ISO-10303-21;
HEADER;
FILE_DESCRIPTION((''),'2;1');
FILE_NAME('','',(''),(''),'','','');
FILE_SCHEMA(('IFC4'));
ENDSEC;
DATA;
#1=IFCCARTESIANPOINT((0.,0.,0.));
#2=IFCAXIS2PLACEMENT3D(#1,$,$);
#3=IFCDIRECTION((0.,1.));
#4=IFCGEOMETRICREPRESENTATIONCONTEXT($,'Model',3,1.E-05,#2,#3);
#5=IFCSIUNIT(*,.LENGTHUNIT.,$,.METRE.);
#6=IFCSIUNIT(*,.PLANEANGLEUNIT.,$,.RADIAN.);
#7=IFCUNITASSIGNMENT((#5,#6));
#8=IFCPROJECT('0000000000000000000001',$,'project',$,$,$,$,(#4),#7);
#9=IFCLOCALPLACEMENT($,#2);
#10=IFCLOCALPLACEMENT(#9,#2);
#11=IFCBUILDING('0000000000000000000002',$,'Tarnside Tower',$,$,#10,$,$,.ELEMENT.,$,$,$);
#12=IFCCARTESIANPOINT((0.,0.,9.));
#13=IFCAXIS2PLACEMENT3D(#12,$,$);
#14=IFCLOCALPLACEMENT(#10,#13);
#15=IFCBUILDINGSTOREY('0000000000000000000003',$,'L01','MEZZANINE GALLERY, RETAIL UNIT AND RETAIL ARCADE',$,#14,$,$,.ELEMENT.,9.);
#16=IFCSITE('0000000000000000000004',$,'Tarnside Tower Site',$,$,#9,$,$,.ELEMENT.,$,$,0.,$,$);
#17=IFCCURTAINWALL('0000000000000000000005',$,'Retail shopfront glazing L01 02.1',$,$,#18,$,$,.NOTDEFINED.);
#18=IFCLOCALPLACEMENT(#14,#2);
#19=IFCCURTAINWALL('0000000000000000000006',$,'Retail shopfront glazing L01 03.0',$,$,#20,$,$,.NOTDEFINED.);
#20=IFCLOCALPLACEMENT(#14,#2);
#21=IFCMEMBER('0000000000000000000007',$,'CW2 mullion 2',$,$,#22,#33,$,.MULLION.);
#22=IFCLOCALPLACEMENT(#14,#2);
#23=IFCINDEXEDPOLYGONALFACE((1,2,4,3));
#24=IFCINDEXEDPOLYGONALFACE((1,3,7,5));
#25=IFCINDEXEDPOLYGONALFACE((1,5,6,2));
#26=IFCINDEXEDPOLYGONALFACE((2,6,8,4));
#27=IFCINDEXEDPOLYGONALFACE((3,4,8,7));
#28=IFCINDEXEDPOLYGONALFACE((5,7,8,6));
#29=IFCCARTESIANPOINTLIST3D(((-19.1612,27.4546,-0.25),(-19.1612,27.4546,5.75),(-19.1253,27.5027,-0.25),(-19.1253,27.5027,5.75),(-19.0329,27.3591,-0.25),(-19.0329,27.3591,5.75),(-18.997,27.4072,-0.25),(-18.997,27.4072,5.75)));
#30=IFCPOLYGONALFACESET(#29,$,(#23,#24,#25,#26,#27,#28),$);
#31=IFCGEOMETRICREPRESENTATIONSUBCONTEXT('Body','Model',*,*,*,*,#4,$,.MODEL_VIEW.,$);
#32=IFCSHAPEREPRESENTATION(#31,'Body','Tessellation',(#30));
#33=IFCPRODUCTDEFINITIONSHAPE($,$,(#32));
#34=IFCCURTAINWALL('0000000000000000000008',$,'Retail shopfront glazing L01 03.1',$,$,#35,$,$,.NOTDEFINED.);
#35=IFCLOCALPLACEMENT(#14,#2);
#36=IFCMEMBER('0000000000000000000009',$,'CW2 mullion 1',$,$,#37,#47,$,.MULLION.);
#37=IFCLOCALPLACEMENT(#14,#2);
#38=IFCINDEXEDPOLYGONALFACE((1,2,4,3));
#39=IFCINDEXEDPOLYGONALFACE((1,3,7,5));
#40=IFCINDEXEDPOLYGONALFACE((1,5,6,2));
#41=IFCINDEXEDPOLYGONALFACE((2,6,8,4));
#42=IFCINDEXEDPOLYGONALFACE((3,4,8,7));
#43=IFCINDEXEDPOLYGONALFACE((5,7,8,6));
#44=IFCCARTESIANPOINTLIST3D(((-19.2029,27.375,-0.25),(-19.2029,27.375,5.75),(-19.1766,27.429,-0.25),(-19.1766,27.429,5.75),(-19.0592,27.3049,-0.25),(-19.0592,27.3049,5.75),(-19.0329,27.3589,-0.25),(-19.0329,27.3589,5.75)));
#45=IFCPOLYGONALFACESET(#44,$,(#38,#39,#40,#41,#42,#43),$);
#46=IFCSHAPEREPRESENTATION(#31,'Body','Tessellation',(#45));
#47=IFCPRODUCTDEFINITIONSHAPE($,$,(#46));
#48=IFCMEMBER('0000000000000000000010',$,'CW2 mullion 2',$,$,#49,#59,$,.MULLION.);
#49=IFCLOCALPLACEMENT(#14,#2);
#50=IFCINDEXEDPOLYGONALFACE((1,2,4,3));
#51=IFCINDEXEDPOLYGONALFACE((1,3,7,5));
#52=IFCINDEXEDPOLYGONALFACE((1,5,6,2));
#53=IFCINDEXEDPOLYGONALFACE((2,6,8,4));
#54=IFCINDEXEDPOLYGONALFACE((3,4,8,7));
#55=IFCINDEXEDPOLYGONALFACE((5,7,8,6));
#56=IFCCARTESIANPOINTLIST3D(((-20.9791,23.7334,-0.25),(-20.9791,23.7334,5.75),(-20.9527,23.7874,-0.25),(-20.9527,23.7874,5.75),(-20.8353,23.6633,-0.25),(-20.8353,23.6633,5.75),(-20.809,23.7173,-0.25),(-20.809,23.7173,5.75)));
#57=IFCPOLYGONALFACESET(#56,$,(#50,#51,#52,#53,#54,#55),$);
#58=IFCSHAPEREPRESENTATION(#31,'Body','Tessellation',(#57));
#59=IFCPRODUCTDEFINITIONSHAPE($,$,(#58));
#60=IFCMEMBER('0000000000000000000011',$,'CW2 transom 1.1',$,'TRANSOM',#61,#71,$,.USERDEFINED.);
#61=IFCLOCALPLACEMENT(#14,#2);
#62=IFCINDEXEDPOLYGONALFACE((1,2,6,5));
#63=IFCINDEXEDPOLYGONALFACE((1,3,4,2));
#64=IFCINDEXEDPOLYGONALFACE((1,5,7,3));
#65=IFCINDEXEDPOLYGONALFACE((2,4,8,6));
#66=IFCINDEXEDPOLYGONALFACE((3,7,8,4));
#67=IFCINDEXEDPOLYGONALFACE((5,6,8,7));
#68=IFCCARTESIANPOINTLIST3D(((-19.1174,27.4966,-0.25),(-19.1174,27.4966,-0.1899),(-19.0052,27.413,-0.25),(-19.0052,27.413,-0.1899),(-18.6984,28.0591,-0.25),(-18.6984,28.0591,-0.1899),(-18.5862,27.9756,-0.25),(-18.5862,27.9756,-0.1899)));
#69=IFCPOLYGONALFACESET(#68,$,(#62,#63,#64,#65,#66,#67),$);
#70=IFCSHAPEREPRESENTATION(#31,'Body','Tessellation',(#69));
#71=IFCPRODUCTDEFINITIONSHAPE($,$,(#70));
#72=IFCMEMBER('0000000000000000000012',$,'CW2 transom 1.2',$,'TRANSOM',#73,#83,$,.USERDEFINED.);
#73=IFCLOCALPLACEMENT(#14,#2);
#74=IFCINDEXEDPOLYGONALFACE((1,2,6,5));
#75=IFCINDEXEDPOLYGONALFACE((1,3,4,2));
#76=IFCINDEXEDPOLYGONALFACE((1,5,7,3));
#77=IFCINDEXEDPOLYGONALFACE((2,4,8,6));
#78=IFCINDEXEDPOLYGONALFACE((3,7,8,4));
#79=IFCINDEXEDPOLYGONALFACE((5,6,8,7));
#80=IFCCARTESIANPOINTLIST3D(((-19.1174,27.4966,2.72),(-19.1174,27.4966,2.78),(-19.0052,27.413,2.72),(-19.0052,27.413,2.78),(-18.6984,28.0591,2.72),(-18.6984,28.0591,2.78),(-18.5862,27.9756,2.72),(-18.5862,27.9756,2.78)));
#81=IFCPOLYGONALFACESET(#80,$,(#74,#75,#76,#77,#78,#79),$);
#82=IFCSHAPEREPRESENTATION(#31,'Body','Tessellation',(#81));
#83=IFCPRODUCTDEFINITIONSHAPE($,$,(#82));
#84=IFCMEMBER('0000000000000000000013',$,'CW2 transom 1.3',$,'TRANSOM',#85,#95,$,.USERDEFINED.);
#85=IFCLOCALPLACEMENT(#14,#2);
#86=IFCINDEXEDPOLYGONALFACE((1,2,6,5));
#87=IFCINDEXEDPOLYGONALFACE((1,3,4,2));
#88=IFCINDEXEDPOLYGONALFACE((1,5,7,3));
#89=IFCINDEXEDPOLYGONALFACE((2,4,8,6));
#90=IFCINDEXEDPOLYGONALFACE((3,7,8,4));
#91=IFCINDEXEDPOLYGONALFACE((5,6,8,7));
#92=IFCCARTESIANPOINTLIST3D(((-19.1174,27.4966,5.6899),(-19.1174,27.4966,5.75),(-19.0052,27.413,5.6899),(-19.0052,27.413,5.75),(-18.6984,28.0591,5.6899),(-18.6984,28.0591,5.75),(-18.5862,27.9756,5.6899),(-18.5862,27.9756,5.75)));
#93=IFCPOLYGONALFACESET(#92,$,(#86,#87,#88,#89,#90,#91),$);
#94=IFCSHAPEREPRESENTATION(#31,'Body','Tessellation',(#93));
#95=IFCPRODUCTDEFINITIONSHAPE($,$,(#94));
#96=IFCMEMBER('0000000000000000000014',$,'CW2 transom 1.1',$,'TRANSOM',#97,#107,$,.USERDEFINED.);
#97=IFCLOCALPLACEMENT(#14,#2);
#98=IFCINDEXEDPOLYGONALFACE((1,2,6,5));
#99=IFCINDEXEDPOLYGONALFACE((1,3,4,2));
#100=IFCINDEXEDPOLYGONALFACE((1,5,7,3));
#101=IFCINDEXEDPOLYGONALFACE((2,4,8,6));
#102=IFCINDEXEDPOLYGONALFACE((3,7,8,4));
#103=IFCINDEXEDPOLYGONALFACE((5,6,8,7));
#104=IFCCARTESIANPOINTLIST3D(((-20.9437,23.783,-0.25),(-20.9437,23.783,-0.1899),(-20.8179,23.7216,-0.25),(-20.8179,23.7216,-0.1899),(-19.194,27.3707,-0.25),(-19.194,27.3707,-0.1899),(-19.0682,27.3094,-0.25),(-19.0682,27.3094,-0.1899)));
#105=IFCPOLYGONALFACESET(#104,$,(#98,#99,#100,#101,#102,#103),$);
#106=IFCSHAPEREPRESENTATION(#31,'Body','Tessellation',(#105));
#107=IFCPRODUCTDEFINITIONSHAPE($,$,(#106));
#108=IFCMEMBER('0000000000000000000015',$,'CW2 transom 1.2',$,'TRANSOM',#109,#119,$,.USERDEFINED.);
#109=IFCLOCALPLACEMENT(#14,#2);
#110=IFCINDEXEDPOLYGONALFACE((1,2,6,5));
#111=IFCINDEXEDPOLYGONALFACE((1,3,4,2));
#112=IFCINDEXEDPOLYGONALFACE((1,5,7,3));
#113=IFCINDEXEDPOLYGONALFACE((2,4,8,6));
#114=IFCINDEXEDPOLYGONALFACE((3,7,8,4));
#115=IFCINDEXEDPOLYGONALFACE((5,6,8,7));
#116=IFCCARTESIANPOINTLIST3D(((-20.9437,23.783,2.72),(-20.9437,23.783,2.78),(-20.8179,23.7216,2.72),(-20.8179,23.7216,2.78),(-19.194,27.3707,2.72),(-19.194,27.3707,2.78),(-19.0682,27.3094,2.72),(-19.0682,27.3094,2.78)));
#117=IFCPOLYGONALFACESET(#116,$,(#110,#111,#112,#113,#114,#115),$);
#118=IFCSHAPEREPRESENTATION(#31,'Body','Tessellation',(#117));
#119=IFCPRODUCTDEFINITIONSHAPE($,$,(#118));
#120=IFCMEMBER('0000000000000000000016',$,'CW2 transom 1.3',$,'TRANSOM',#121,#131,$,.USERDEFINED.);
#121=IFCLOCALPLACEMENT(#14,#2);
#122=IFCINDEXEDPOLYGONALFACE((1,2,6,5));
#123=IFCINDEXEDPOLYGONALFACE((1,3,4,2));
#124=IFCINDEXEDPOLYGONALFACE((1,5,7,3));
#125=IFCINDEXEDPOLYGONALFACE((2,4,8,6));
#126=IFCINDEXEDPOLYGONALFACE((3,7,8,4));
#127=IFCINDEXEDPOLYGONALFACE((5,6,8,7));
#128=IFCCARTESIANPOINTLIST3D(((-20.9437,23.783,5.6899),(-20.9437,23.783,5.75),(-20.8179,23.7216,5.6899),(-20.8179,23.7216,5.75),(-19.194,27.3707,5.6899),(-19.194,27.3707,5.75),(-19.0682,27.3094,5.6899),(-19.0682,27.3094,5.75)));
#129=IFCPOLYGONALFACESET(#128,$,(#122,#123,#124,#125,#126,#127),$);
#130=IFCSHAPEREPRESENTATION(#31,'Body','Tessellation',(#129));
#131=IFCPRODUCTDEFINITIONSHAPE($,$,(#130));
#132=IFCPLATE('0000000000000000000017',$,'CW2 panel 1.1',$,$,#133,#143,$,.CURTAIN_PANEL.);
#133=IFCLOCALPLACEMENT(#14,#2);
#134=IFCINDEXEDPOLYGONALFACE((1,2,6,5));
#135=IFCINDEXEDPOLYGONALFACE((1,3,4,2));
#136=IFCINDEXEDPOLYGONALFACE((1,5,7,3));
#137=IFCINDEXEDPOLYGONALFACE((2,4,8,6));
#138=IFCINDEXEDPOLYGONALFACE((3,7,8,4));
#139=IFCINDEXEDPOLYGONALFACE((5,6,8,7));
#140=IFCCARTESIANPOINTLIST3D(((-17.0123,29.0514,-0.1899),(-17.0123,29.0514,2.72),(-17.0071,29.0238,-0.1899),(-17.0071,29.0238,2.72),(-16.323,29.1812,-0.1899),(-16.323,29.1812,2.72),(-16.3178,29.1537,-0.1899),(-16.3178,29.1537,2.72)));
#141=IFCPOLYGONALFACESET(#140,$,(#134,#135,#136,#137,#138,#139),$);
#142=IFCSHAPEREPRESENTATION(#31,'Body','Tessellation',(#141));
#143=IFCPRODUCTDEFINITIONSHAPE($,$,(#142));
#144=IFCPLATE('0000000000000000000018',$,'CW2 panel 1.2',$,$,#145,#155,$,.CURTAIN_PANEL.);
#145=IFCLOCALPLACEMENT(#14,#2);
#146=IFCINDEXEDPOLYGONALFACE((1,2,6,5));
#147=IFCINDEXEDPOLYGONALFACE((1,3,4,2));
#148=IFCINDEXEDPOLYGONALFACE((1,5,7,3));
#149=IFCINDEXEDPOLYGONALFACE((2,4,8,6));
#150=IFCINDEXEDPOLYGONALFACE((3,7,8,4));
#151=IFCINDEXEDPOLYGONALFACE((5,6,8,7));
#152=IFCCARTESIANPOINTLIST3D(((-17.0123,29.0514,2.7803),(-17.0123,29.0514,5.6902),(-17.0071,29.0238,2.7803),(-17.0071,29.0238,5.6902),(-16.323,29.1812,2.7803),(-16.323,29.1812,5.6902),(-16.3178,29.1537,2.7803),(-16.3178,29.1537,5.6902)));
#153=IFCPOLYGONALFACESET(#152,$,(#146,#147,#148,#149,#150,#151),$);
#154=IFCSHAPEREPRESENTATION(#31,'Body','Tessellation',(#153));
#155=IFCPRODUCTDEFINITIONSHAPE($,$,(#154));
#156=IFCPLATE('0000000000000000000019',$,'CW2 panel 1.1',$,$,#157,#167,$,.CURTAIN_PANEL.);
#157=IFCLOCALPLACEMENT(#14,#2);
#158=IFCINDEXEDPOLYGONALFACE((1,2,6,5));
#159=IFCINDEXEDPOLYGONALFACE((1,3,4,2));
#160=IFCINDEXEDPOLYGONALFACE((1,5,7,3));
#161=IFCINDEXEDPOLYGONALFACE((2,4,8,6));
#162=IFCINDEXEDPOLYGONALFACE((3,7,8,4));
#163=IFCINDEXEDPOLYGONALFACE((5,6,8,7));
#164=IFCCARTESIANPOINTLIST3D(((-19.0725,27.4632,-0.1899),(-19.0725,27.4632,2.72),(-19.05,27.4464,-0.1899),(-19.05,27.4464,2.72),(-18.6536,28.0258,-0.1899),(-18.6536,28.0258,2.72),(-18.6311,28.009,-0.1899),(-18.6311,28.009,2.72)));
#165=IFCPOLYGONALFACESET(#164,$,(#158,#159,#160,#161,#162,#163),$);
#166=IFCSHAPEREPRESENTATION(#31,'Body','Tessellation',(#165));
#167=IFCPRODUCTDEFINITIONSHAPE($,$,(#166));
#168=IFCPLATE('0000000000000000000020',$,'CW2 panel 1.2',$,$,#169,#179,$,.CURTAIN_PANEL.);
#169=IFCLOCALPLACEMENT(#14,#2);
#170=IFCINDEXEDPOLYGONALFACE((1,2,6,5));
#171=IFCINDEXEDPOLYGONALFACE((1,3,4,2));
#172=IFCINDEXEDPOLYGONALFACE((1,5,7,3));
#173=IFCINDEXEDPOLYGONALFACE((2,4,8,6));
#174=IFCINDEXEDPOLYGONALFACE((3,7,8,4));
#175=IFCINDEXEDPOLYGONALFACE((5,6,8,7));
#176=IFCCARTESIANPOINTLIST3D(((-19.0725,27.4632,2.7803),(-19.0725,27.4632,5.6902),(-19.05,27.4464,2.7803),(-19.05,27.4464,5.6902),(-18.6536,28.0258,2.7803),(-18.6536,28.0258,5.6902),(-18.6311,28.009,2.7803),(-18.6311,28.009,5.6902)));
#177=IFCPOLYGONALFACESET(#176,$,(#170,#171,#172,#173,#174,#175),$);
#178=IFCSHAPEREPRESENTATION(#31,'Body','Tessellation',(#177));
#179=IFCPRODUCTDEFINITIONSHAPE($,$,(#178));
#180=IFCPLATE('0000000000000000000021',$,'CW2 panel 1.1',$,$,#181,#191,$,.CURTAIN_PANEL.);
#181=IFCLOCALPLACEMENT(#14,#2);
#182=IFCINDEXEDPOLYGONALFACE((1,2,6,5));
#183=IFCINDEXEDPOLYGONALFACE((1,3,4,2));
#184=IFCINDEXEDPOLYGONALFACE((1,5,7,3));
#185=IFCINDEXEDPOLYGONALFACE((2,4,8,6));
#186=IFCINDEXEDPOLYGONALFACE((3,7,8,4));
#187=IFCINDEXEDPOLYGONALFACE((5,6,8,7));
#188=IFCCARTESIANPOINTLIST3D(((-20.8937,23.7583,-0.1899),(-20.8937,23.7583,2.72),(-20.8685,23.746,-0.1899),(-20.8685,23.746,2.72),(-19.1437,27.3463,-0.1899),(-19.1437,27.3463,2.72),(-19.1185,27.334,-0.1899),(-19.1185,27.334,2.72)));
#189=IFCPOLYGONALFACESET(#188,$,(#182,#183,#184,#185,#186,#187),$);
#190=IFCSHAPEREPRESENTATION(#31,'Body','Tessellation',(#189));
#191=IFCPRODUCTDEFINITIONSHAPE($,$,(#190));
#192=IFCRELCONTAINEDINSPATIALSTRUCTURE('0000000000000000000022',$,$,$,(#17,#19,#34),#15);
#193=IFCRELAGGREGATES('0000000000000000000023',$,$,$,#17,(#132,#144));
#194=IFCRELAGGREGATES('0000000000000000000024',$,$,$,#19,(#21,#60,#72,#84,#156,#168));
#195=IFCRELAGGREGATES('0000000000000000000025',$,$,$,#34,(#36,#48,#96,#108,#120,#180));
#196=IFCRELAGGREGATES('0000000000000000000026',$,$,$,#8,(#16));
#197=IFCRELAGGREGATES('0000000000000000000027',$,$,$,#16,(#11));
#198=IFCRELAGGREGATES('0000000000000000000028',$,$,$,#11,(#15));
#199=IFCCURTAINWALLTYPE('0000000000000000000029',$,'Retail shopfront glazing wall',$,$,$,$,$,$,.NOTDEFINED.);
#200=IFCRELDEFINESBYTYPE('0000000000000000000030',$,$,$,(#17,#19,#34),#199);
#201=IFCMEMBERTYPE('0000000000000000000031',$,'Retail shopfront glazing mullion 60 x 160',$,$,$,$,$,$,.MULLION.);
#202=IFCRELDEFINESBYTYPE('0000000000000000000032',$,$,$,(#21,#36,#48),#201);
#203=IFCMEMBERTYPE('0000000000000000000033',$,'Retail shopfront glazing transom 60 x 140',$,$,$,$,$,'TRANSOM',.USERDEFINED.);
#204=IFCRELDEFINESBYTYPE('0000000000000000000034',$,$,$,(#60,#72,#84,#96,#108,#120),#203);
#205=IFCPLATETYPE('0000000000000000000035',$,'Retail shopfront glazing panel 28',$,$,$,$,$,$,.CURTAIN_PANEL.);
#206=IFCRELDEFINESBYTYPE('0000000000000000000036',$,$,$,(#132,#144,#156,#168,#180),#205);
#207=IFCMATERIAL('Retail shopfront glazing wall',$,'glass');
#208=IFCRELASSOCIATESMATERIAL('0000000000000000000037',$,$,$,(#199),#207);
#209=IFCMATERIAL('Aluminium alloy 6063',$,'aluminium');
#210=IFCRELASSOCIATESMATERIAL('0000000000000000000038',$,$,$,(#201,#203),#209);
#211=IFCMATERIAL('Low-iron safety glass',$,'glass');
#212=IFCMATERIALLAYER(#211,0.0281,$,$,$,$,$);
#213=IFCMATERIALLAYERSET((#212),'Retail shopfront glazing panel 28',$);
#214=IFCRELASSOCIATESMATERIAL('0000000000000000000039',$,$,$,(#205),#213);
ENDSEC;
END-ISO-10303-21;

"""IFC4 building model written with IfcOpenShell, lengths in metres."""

from ifc_helpers import new_model, si_unit, direction, frame, origin, origin_2d, place, context, subcontext, project, spatial, rectangle, extrude, material, layer, layer_set, material_profile, profile_set, type_object, element, aggregate, save


model = new_model("IFC4")

# Units and contexts
model_context = context("Model", 3, precision=1e-05, world=origin(), true_north=direction((0.0, 1.0)))
body_context = subcontext(model_context, "Body", "Model", "MODEL_VIEW")
ifc_project = project(units=[si_unit("LENGTHUNIT", "METRE"), si_unit("PLANEANGLEUNIT", "RADIAN")], contexts=[model_context])

# Site, building, storey
site_placement = place(None, origin())
site = spatial("IfcSite", under=ifc_project, at=site_placement, Name="Tarnside Tower Site", CompositionType="ELEMENT", RefElevation=0.0)
building_placement = place(site_placement, origin())
building = spatial("IfcBuilding", under=site, at=building_placement, Name="Tarnside Tower", CompositionType="ELEMENT")
storey_placement = place(building_placement, frame((0.0, 0.0, 9.0)))
storey = spatial("IfcBuildingStorey", under=building, at=storey_placement, Name="L01", Description="MEZZANINE GALLERY, RETAIL UNIT AND RETAIL ARCADE", CompositionType="ELEMENT", Elevation=9.0)

# Curtain wall
ifc_material_1 = material(Name="Retail shopfront glazing wall", Category="glass")
curtain_wall_type = type_object("IfcCurtainWallType", Name="Retail shopfront glazing wall", PredefinedType="NOTDEFINED", material=ifc_material_1)
curtain_wall_1_placement = place(storey_placement, origin())
curtain_wall_1 = element("IfcCurtainWall", 1, at=curtain_wall_1_placement, inside=storey, type_object=curtain_wall_type, Name="Retail shopfront glazing L01 02.1", PredefinedType="NOTDEFINED")
ifc_material_2 = material(Name="Aluminium alloy 6063", Category="aluminium")
ifc_material_profile_1 = material_profile(ifc_material_2, rectangle(XDim=0.1599, YDim=0.0601, at=origin_2d()), Name="Retail shopfront glazing mullion 60 x 160")
ifc_profile_set_1 = profile_set([ifc_material_profile_1], Name="Aluminium alloy 6063")
member_type_1 = type_object("IfcMemberType", Name="Retail shopfront glazing mullion 60 x 160", PredefinedType="MULLION", material=ifc_profile_set_1)

# Curtain walls, members
curtain_wall_2_placement = place(storey_placement, origin())
curtain_wall_2 = element("IfcCurtainWall", 2, at=curtain_wall_2_placement, inside=storey, type_object=curtain_wall_type, Name="Retail shopfront glazing L01 03.0", PredefinedType="NOTDEFINED")
member_1_placement = place(storey_placement, frame((-19.0791, 27.4309, -0.25), z_axis=(0.0, 0.0, 1.0), x_axis=(0.802123, -0.597159, 0.0)))
member_1 = element("IfcMember", 3, at=member_1_placement, type_object=member_type_1, Name="CW2 mullion 2", PredefinedType="MULLION", context=body_context, shape_type="SweptSolid", body=[
    extrude(rectangle(XDim=0.1599, YDim=0.0601, at=origin_2d()), origin(), (0.0, 0.0, 1.0), 6.0),
])
curtain_wall_3_placement = place(storey_placement, origin())
curtain_wall_3 = element("IfcCurtainWall", 4, at=curtain_wall_3_placement, inside=storey, type_object=curtain_wall_type, Name="Retail shopfront glazing L01 03.1", PredefinedType="NOTDEFINED")
member_2_placement = place(storey_placement, frame((-19.1179, 27.3669, -0.25), z_axis=(0.0, 0.0, 1.0), x_axis=(0.898794, -0.438371, 0.0)))
member_2 = element("IfcMember", 5, at=member_2_placement, type_object=member_type_1, Name="CW2 mullion 1", PredefinedType="MULLION", context=body_context, shape_type="SweptSolid", body=[
    extrude(rectangle(XDim=0.1599, YDim=0.0601, at=origin_2d()), origin(), (0.0, 0.0, 1.0), 6.0),
])
member_3_placement = place(storey_placement, frame((-20.894, 23.7253, -0.25), z_axis=(0.0, 0.0, 1.0), x_axis=(0.898794, -0.438371, 0.0)))
member_3 = element("IfcMember", 6, at=member_3_placement, type_object=member_type_1, Name="CW2 mullion 2", PredefinedType="MULLION", context=body_context, shape_type="SweptSolid", body=[
    extrude(rectangle(XDim=0.1599, YDim=0.0601, at=origin_2d()), origin(), (0.0, 0.0, 1.0), 6.0),
])

# Members
ifc_material_profile_2 = material_profile(ifc_material_2, rectangle(XDim=0.1399, YDim=0.0601, at=origin_2d()), Name="Retail shopfront glazing transom 60 x 140")
ifc_profile_set_2 = profile_set([ifc_material_profile_2], Name="Aluminium alloy 6063")
member_type_2 = type_object("IfcMemberType", Name="Retail shopfront glazing transom 60 x 140", ElementType="TRANSOM", PredefinedType="USERDEFINED", material=ifc_profile_set_2)
member_4_placement = place(storey_placement, frame((-18.6423, 28.0173, -0.22), z_axis=(-0.597323, -0.802001, 0.0), x_axis=(0.802001, -0.597323, 0.0)))
member_4 = element("IfcMember", 7, at=member_4_placement, type_object=member_type_2, Name="CW2 transom 1.1", ObjectType="TRANSOM", PredefinedType="USERDEFINED", context=body_context, shape_type="SweptSolid", body=[
    extrude(rectangle(XDim=0.1399, YDim=0.0601, at=origin_2d()), origin(), (0.0, 0.0, 1.0), 0.7014),
])
member_5_placement = place(storey_placement, frame((-18.6423, 28.0173, 2.75), z_axis=(-0.597323, -0.802001, 0.0), x_axis=(0.802001, -0.597323, 0.0)))
member_5 = element("IfcMember", 8, at=member_5_placement, type_object=member_type_2, Name="CW2 transom 1.2", ObjectType="TRANSOM", PredefinedType="USERDEFINED", context=body_context, shape_type="SweptSolid", body=[
    extrude(rectangle(XDim=0.1399, YDim=0.0601, at=origin_2d()), origin(), (0.0, 0.0, 1.0), 0.7014),
])
member_6_placement = place(storey_placement, frame((-18.6423, 28.0173, 5.72), z_axis=(-0.597323, -0.802001, 0.0), x_axis=(0.802001, -0.597323, 0.0)))
member_6 = element("IfcMember", 9, at=member_6_placement, type_object=member_type_2, Name="CW2 transom 1.3", ObjectType="TRANSOM", PredefinedType="USERDEFINED", context=body_context, shape_type="SweptSolid", body=[
    extrude(rectangle(XDim=0.1399, YDim=0.0601, at=origin_2d()), origin(), (0.0, 0.0, 1.0), 0.7014),
])
member_7_placement = place(storey_placement, frame((-19.1311, 27.3401, -0.22), z_axis=(-0.438336, -0.898811, 0.0), x_axis=(0.898811, -0.438336, 0.0)))
member_7 = element("IfcMember", 10, at=member_7_placement, type_object=member_type_2, Name="CW2 transom 1.1", ObjectType="TRANSOM", PredefinedType="USERDEFINED", context=body_context, shape_type="SweptSolid", body=[
    extrude(rectangle(XDim=0.1399, YDim=0.0601, at=origin_2d()), origin(), (0.0, 0.0, 1.0), 3.9917),
])
member_8_placement = place(storey_placement, frame((-19.1311, 27.3401, 2.75), z_axis=(-0.438336, -0.898811, 0.0), x_axis=(0.898811, -0.438336, 0.0)))
member_8 = element("IfcMember", 11, at=member_8_placement, type_object=member_type_2, Name="CW2 transom 1.2", ObjectType="TRANSOM", PredefinedType="USERDEFINED", context=body_context, shape_type="SweptSolid", body=[
    extrude(rectangle(XDim=0.1399, YDim=0.0601, at=origin_2d()), origin(), (0.0, 0.0, 1.0), 3.9917),
])
member_9_placement = place(storey_placement, frame((-19.1311, 27.3401, 5.72), z_axis=(-0.438336, -0.898811, 0.0), x_axis=(0.898811, -0.438336, 0.0)))
member_9 = element("IfcMember", 12, at=member_9_placement, type_object=member_type_2, Name="CW2 transom 1.3", ObjectType="TRANSOM", PredefinedType="USERDEFINED", context=body_context, shape_type="SweptSolid", body=[
    extrude(rectangle(XDim=0.1399, YDim=0.0601, at=origin_2d()), origin(), (0.0, 0.0, 1.0), 3.9917),
])

# Plates
ifc_material_3 = material(Name="Low-iron safety glass", Category="glass")
ifc_layer_1 = layer(ifc_material_3, 0.0281)
ifc_layer_set_1 = layer_set([ifc_layer_1], Name="Retail shopfront glazing panel 28")
plate_type = type_object("IfcPlateType", Name="Retail shopfront glazing panel 28", PredefinedType="CURTAIN_PANEL", material=ifc_layer_set_1)
plate_1_placement = place(storey_placement, frame((-16.665, 29.1025, -0.1899), z_axis=(0.0, 0.0, 1.0), x_axis=(-0.982721, -0.185095, 0.0)))
plate_1 = element("IfcPlate", 13, at=plate_1_placement, type_object=plate_type, Name="CW2 panel 1.1", PredefinedType="CURTAIN_PANEL", context=body_context, shape_type="SweptSolid", body=[
    extrude(rectangle(XDim=0.7014, YDim=0.0281, at=origin_2d()), origin(), (0.0, 0.0, 1.0), 2.9099),
])
plate_2_placement = place(storey_placement, frame((-16.665, 29.1025, 2.7803), z_axis=(0.0, 0.0, 1.0), x_axis=(-0.982721, -0.185095, 0.0)))
plate_2 = element("IfcPlate", 14, at=plate_2_placement, type_object=plate_type, Name="CW2 panel 1.2", PredefinedType="CURTAIN_PANEL", context=body_context, shape_type="SweptSolid", body=[
    extrude(rectangle(XDim=0.7014, YDim=0.0281, at=origin_2d()), origin(), (0.0, 0.0, 1.0), 2.9099),
])
aggregate(curtain_wall_1, [plate_1, plate_2])
plate_3_placement = place(storey_placement, frame((-18.8518, 27.7361, -0.1899), z_axis=(0.0, 0.0, 1.0), x_axis=(-0.597159, -0.802123, 0.0)))
plate_3 = element("IfcPlate", 15, at=plate_3_placement, type_object=plate_type, Name="CW2 panel 1.1", PredefinedType="CURTAIN_PANEL", context=body_context, shape_type="SweptSolid", body=[
    extrude(rectangle(XDim=0.7014, YDim=0.0281, at=origin_2d()), origin(), (0.0, 0.0, 1.0), 2.9099),
])
plate_4_placement = place(storey_placement, frame((-18.8518, 27.7361, 2.7803), z_axis=(0.0, 0.0, 1.0), x_axis=(-0.597159, -0.802123, 0.0)))
plate_4 = element("IfcPlate", 16, at=plate_4_placement, type_object=plate_type, Name="CW2 panel 1.2", PredefinedType="CURTAIN_PANEL", context=body_context, shape_type="SweptSolid", body=[
    extrude(rectangle(XDim=0.7014, YDim=0.0281, at=origin_2d()), origin(), (0.0, 0.0, 1.0), 2.9099),
])
aggregate(curtain_wall_2, [member_1, member_4, member_5, member_6, plate_3, plate_4])
plate_5_placement = place(storey_placement, frame((-20.0061, 25.5461, -0.1899), z_axis=(0.0, 0.0, 1.0), x_axis=(-0.438371, -0.898794, 0.0)))
plate_5 = element("IfcPlate", 17, at=plate_5_placement, type_object=plate_type, Name="CW2 panel 1.1", PredefinedType="CURTAIN_PANEL", context=body_context, shape_type="SweptSolid", body=[
    extrude(rectangle(XDim=3.9919, YDim=0.0281, at=origin_2d()), origin(), (0.0, 0.0, 1.0), 2.9099),
])
aggregate(curtain_wall_3, [member_2, member_3, member_7, member_8, member_9, plate_5])

save(model, "model.ifc")
